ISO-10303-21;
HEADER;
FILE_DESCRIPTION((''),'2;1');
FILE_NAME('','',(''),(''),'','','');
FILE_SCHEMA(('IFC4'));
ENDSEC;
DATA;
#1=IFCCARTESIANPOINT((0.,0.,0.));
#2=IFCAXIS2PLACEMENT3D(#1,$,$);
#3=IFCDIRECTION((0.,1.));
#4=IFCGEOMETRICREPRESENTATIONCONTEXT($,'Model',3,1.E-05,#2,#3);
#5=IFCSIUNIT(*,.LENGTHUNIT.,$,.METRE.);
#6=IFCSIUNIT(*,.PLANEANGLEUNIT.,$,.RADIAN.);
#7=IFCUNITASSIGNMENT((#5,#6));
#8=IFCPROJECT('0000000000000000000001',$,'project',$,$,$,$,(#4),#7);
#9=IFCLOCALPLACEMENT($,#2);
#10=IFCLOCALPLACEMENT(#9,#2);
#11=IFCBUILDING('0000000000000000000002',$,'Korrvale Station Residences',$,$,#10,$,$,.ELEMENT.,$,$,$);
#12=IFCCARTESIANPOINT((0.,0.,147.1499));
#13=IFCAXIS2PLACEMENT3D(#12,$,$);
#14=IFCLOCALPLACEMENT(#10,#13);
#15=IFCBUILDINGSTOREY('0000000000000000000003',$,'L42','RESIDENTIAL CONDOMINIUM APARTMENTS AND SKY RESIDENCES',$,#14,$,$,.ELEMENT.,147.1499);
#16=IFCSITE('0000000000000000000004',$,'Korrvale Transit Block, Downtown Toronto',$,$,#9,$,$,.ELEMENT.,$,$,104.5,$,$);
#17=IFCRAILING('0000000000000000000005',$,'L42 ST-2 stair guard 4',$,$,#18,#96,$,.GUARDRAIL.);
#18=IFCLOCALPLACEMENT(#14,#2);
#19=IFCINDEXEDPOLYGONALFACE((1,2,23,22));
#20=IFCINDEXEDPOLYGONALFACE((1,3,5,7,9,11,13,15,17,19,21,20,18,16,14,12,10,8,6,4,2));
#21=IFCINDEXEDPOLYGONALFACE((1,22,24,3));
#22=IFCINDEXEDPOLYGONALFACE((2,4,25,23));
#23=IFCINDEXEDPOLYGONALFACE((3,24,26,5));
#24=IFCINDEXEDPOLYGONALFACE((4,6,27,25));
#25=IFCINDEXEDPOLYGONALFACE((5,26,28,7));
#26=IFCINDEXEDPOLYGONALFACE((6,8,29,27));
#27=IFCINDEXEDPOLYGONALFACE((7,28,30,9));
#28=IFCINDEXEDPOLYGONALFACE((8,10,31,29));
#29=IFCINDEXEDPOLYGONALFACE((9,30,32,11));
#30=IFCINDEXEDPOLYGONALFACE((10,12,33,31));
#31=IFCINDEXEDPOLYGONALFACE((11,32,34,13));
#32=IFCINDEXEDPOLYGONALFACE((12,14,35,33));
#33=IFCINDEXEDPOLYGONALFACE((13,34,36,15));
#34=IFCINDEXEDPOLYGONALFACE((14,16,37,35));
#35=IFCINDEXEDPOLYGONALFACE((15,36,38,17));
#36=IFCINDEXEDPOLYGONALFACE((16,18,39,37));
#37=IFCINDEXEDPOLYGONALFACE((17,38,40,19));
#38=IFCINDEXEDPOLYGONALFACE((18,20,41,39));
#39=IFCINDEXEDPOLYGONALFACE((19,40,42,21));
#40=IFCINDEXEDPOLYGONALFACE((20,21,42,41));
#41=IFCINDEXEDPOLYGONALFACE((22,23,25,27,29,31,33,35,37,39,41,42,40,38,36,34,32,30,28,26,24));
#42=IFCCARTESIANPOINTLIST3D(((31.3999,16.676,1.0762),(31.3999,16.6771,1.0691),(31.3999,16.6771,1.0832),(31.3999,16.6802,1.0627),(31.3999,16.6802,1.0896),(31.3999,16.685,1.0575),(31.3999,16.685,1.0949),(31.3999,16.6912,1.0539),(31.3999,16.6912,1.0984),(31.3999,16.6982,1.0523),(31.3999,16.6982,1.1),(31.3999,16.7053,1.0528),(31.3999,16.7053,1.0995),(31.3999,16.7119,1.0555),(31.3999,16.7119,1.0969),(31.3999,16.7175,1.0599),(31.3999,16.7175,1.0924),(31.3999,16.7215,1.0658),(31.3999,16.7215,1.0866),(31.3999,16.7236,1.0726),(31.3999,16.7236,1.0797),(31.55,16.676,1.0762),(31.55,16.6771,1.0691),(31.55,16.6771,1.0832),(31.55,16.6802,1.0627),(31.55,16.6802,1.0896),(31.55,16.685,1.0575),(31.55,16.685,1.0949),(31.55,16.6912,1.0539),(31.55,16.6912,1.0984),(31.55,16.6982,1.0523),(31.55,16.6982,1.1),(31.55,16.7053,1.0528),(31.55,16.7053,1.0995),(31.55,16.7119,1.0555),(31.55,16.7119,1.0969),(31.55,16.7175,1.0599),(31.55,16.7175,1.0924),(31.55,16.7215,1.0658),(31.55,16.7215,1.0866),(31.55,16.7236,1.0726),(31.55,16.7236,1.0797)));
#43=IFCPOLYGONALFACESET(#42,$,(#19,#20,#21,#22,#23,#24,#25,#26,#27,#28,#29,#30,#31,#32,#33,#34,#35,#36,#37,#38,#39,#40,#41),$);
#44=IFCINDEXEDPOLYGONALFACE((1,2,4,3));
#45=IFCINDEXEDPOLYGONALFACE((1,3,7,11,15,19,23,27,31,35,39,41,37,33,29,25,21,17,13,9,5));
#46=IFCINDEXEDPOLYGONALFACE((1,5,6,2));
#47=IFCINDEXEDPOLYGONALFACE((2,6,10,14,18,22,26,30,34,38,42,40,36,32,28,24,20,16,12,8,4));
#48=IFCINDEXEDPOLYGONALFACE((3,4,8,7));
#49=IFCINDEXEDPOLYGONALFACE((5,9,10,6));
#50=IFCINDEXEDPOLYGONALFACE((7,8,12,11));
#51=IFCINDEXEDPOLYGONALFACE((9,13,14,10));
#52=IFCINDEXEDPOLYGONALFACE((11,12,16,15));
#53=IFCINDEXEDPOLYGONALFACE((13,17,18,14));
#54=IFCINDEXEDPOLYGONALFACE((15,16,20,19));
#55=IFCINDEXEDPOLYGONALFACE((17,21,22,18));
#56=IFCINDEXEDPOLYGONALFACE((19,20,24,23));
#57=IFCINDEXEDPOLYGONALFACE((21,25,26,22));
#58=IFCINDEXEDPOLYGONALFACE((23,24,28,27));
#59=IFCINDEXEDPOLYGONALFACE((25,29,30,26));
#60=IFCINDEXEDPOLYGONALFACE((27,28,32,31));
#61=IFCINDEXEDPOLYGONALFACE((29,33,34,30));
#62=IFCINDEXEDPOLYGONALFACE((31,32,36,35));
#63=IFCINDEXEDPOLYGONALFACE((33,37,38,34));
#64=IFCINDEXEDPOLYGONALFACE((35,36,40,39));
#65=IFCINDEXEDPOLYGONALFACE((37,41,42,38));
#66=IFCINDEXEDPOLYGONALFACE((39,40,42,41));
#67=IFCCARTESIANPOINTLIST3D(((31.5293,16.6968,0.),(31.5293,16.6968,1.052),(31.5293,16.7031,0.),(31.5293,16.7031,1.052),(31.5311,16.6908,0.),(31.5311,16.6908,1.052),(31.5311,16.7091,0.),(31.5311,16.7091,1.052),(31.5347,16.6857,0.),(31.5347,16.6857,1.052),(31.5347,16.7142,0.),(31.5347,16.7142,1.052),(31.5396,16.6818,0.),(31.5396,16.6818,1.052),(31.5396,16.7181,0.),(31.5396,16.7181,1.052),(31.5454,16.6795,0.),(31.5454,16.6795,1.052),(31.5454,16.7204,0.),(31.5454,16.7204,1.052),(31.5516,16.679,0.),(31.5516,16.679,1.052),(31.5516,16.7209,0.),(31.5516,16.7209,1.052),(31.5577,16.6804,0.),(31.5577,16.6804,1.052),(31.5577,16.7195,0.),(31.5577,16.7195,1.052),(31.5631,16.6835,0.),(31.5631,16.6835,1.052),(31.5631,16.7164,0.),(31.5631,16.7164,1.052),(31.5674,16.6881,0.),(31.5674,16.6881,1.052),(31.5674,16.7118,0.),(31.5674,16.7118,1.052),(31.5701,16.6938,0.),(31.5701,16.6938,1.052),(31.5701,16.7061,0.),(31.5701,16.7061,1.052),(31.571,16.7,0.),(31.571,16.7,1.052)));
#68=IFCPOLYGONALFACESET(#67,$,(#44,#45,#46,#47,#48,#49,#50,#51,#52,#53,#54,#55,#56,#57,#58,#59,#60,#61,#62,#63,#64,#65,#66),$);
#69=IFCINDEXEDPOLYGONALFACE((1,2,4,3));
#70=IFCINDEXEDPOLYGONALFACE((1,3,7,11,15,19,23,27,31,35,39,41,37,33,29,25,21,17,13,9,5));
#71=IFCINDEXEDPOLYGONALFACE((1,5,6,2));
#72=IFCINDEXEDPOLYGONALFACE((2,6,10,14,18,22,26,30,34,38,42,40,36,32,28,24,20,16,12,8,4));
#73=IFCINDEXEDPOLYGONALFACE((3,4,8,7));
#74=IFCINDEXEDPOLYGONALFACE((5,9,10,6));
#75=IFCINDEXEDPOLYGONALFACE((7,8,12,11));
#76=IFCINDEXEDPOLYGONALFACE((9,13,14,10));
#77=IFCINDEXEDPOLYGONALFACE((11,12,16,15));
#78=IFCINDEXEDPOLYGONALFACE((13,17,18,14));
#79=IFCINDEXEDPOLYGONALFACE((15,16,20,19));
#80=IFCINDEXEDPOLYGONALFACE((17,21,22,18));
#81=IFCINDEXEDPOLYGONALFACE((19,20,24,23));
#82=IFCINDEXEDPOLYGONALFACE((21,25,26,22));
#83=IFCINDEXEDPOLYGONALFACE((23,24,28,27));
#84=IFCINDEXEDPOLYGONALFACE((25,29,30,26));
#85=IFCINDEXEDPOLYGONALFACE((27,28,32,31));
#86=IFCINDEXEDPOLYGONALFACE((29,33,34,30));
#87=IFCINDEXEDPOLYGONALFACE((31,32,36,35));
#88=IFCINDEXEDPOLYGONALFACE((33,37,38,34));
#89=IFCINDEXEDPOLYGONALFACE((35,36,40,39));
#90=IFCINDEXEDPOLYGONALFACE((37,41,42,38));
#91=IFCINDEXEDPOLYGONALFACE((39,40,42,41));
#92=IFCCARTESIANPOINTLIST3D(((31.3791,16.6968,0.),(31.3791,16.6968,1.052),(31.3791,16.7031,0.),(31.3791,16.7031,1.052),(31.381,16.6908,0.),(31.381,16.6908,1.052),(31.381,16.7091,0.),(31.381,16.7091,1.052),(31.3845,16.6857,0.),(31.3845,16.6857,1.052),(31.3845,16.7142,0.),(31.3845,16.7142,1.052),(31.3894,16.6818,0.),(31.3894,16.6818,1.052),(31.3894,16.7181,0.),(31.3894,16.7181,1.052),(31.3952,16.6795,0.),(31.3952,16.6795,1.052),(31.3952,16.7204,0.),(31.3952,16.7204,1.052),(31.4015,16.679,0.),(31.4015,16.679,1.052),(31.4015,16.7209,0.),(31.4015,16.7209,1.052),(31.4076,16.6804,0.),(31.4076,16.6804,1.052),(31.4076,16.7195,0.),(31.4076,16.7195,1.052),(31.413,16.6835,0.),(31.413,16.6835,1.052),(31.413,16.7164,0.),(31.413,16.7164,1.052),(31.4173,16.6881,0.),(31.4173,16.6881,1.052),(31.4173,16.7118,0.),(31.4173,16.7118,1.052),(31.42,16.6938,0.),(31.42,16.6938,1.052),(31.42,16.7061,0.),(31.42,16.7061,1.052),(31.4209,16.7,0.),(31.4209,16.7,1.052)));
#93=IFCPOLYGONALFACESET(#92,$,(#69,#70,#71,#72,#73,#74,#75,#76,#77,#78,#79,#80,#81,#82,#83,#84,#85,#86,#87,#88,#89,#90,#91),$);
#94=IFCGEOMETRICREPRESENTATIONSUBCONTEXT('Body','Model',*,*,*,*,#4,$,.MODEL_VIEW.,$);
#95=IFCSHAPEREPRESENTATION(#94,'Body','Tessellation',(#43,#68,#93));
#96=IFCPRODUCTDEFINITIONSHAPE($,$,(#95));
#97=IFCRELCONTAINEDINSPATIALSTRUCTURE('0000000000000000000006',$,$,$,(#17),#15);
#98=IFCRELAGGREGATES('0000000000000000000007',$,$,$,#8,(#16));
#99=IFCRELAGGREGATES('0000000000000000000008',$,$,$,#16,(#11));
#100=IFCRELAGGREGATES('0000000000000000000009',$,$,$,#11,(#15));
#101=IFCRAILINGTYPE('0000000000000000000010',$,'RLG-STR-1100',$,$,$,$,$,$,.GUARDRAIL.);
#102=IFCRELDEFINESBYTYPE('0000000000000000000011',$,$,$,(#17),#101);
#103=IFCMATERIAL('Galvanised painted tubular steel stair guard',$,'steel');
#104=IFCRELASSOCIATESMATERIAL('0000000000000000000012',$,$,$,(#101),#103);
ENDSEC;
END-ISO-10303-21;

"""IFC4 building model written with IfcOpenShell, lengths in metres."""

from ifc_helpers import new_model, si_unit, direction, frame, origin, origin_2d, place, context, subcontext, project, spatial, circle, extrude, material, type_object, element, save


model = new_model("IFC4")

# Units and contexts
model_context = context("Model", 3, precision=1e-05, world=origin(), true_north=direction((0.0, 1.0)))
body_context = subcontext(model_context, "Body", "Model", "MODEL_VIEW")
ifc_project = project(units=[si_unit("LENGTHUNIT", "METRE"), si_unit("PLANEANGLEUNIT", "RADIAN")], contexts=[model_context])

# Site, building, storey
site_placement = place(None, origin())
site = spatial("IfcSite", under=ifc_project, at=site_placement, Name="Korrvale Transit Block, Downtown Toronto", CompositionType="ELEMENT", RefElevation=104.5)
building_placement = place(site_placement, origin())
building = spatial("IfcBuilding", under=site, at=building_placement, Name="Korrvale Station Residences", CompositionType="ELEMENT")
storey_placement = place(building_placement, frame((0.0, 0.0, 147.1499)))
storey = spatial("IfcBuildingStorey", under=building, at=storey_placement, Name="L42", Description="RESIDENTIAL CONDOMINIUM APARTMENTS AND SKY RESIDENCES", CompositionType="ELEMENT", Elevation=147.1499)

# Railing
ifc_material_1 = material(Name="Galvanised painted tubular steel stair guard", Category="steel")
railing_type_1 = type_object("IfcRailingType", Name="RLG-STR-1100", PredefinedType="GUARDRAIL", material=ifc_material_1)
railing_1_placement = place(storey_placement, frame((31.55, 16.7, 0.0)))
element("IfcRailing", 1, at=railing_1_placement, inside=storey, type_object=railing_type_1, Name="L42 ST-2 stair guard 4", PredefinedType="GUARDRAIL", context=body_context, shape_type="SweptSolid", body=[
    extrude(circle(Radius=0.0239, at=origin_2d()), frame((0.0, 0.0, 1.0762), z_axis=(-1.0, 0.0, 0.0), x_axis=(0.0, -1.0, 0.0)), (0.0, 0.0, 1.0), 0.1501),
    extrude(circle(Radius=0.021, at=origin_2d()), origin(), (0.0, 0.0, 1.0), 1.052),
    extrude(circle(Radius=0.021, at=origin_2d()), frame((-0.1501, 0.0, 0.0)), (0.0, 0.0, 1.0), 1.052),
])

save(model, "model.ifc")
